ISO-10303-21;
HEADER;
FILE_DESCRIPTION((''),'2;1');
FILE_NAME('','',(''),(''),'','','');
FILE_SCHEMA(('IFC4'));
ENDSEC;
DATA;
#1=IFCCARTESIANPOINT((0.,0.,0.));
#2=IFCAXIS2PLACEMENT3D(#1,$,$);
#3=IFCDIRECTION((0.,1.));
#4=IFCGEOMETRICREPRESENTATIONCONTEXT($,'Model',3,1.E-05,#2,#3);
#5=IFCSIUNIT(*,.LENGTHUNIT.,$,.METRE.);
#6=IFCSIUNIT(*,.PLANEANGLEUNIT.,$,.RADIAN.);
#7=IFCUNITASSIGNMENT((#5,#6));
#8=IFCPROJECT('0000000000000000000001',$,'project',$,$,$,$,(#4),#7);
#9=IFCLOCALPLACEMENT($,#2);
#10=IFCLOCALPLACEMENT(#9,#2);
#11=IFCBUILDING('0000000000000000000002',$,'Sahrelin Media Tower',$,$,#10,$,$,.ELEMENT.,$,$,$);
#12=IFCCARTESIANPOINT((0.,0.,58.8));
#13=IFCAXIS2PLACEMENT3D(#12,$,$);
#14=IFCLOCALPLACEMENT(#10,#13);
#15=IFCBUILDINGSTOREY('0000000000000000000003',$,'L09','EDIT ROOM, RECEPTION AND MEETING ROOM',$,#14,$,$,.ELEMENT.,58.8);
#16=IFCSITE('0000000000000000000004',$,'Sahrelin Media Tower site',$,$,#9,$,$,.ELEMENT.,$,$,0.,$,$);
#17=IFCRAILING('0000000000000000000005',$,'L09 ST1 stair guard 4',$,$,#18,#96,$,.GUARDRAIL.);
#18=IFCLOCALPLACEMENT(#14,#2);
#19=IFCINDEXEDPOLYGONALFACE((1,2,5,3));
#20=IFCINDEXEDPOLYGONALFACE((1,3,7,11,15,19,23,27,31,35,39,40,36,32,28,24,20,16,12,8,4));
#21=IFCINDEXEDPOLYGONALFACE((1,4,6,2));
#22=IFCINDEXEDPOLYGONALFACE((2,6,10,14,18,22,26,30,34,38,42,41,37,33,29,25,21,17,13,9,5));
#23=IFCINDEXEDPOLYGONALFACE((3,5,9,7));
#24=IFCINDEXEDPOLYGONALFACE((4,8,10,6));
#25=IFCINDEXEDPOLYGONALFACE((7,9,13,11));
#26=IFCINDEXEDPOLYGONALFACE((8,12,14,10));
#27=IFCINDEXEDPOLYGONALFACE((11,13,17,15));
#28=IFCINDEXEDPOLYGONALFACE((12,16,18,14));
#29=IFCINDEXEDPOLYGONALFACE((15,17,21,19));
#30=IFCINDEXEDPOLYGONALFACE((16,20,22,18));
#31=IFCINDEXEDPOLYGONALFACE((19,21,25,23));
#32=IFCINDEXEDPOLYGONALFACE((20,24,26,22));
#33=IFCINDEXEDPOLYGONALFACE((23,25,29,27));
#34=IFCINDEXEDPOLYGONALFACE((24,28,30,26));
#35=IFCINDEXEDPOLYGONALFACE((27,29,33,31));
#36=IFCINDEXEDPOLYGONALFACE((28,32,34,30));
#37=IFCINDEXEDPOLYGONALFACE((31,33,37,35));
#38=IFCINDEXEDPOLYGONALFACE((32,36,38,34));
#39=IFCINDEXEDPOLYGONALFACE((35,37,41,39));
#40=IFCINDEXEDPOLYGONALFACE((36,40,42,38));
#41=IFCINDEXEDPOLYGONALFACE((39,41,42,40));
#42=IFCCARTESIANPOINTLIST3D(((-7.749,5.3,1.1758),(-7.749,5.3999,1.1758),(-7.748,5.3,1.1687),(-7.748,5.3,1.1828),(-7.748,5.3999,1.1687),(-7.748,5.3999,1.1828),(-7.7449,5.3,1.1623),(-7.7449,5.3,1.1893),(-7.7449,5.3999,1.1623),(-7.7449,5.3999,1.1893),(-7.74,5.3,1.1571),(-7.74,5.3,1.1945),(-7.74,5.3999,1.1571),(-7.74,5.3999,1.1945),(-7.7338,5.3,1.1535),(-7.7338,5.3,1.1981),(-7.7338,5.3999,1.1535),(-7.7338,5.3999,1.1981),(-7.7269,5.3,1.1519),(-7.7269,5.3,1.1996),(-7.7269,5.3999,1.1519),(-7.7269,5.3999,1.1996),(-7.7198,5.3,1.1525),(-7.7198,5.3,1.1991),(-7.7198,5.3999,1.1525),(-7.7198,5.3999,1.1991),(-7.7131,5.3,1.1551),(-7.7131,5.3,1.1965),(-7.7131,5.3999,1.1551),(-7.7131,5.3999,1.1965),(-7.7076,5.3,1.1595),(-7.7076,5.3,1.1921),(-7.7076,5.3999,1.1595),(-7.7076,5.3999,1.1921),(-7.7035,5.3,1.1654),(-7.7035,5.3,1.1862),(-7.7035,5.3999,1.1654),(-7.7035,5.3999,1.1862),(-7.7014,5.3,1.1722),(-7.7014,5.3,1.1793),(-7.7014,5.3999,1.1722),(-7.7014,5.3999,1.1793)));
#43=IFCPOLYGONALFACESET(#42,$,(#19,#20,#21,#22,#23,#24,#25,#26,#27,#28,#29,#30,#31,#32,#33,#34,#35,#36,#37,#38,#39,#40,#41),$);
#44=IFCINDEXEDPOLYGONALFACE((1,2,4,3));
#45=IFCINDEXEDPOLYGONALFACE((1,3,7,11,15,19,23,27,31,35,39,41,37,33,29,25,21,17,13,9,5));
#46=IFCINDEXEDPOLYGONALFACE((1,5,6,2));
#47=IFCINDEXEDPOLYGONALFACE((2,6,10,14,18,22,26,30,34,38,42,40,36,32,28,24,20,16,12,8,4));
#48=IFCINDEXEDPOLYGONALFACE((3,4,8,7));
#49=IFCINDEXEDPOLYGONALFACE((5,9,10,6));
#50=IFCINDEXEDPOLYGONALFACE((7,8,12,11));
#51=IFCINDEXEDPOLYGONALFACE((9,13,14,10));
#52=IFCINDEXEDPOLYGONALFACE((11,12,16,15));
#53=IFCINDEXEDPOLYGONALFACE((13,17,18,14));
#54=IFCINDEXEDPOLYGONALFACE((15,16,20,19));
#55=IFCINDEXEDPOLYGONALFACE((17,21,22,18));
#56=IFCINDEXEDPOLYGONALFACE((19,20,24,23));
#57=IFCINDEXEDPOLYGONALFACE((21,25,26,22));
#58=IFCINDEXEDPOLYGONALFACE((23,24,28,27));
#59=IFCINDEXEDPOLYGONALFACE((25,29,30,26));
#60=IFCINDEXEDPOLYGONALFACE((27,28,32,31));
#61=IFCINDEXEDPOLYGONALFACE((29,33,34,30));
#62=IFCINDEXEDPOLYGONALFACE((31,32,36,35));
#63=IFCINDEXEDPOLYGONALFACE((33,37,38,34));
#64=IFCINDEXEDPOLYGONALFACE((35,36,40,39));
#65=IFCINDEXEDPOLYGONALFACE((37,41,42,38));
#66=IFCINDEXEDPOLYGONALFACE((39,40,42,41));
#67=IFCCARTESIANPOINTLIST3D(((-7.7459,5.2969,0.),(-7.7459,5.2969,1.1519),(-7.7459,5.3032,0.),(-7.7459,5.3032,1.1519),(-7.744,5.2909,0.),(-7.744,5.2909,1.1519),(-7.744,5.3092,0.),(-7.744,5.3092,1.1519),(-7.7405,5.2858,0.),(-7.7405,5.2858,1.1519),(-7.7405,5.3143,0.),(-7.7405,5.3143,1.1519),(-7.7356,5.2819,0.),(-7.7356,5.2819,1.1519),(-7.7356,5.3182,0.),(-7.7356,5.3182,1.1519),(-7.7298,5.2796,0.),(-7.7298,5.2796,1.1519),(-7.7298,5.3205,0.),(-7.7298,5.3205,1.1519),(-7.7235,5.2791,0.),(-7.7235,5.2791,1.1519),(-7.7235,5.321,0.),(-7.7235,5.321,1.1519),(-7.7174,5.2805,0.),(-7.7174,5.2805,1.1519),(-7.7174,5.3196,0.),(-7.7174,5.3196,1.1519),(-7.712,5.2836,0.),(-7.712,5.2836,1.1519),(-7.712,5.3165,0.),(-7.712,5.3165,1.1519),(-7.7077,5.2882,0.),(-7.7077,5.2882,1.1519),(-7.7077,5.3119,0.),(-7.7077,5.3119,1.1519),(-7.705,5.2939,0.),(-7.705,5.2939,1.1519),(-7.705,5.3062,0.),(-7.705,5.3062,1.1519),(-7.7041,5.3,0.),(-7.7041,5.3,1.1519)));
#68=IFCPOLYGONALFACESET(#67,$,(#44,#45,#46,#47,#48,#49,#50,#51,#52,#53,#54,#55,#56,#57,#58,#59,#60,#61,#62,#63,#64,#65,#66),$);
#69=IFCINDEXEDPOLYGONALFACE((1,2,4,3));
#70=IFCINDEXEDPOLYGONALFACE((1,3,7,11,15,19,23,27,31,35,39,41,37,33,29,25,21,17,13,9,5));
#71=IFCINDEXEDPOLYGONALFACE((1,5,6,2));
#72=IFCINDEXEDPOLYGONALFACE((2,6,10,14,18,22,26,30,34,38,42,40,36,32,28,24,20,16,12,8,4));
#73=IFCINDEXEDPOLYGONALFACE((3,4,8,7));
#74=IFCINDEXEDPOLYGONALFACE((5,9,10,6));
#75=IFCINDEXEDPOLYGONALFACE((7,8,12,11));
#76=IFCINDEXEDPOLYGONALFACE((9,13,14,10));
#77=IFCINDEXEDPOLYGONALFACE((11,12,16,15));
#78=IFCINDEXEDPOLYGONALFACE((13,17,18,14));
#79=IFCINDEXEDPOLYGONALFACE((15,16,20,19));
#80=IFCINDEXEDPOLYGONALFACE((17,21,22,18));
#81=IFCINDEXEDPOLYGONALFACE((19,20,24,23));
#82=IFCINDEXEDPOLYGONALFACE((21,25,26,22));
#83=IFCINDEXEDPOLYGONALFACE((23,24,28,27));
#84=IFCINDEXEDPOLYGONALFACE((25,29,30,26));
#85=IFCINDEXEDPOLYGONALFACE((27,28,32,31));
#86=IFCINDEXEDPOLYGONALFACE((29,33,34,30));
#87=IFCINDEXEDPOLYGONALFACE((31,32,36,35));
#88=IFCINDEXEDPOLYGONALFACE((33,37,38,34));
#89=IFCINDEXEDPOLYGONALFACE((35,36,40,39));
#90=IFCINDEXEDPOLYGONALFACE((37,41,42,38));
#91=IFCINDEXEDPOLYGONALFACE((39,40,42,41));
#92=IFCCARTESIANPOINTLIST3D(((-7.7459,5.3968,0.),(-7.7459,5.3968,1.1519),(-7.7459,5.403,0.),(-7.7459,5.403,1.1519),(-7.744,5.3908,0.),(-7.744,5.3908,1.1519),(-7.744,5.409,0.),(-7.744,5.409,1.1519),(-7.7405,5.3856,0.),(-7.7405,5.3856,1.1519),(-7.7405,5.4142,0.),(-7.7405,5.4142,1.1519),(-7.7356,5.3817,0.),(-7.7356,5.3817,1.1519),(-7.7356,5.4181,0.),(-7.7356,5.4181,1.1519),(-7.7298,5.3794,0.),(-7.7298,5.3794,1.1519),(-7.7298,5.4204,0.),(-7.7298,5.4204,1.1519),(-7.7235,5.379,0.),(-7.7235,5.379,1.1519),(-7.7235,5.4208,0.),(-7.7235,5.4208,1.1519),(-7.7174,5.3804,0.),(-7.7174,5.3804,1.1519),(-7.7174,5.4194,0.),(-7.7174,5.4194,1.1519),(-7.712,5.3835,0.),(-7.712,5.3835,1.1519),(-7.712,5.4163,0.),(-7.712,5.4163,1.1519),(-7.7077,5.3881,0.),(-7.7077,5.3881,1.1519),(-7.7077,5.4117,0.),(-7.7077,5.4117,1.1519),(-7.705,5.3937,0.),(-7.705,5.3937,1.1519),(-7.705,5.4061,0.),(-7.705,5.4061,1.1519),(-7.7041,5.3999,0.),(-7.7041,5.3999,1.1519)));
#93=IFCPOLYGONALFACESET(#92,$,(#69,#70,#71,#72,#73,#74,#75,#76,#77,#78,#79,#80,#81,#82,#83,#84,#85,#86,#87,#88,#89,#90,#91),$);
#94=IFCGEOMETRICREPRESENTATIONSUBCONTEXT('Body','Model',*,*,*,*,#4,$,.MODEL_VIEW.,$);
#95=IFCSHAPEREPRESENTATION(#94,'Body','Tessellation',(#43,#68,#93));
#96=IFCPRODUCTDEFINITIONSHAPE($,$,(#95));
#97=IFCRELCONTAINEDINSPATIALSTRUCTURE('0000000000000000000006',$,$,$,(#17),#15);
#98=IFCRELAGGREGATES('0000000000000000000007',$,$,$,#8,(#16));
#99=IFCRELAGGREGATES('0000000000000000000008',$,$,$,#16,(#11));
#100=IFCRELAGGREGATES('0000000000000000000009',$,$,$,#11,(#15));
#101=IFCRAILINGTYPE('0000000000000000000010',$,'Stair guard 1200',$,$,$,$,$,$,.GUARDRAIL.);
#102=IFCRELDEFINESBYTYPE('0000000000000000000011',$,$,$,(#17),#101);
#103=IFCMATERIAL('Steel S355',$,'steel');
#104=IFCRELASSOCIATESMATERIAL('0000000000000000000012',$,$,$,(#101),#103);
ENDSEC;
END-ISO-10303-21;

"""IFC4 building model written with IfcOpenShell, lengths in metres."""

from ifc_helpers import new_model, si_unit, direction, frame, origin, origin_2d, place, context, subcontext, project, spatial, circle, extrude, material, type_object, element, save


model = new_model("IFC4")

# Units and contexts
model_context = context("Model", 3, precision=1e-05, world=origin(), true_north=direction((0.0, 1.0)))
body_context = subcontext(model_context, "Body", "Model", "MODEL_VIEW")
ifc_project = project(units=[si_unit("LENGTHUNIT", "METRE"), si_unit("PLANEANGLEUNIT", "RADIAN")], contexts=[model_context])

# Site, building, storey
site_placement = place(None, origin())
site = spatial("IfcSite", under=ifc_project, at=site_placement, Name="Sahrelin Media Tower site", CompositionType="ELEMENT", RefElevation=0.0)
building_placement = place(site_placement, origin())
building = spatial("IfcBuilding", under=site, at=building_placement, Name="Sahrelin Media Tower", CompositionType="ELEMENT")
storey_placement = place(building_placement, frame((0.0, 0.0, 58.8)))
storey = spatial("IfcBuildingStorey", under=building, at=storey_placement, Name="L09", Description="EDIT ROOM, RECEPTION AND MEETING ROOM", CompositionType="ELEMENT", Elevation=58.8)

# Shared definitions
ifc_material_1 = material(Name="Steel S355", Category="steel")

# Railing
railing_type_1 = type_object("IfcRailingType", Name="Stair guard 1200", PredefinedType="GUARDRAIL", material=ifc_material_1)
railing_1_placement = place(storey_placement, frame((-7.7251, 5.3, 0.0)))
element("IfcRailing", 1, at=railing_1_placement, inside=storey, type_object=railing_type_1, Name="L09 ST1 stair guard 4", PredefinedType="GUARDRAIL", context=body_context, shape_type="SweptSolid", body=[
    extrude(circle(Radius=0.0239, at=origin_2d()), frame((0.0, 0.0, 1.1758), z_axis=(0.0, 1.0, 0.0), x_axis=(-1.0, 0.0, 0.0)), (0.0, 0.0, 1.0), 0.0999),
    extrude(circle(Radius=0.021, at=origin_2d()), origin(), (0.0, 0.0, 1.0), 1.1519),
    extrude(circle(Radius=0.021, at=origin_2d()), frame((0.0, 0.0999, 0.0)), (0.0, 0.0, 1.0), 1.1519),
])

save(model, "model.ifc")
